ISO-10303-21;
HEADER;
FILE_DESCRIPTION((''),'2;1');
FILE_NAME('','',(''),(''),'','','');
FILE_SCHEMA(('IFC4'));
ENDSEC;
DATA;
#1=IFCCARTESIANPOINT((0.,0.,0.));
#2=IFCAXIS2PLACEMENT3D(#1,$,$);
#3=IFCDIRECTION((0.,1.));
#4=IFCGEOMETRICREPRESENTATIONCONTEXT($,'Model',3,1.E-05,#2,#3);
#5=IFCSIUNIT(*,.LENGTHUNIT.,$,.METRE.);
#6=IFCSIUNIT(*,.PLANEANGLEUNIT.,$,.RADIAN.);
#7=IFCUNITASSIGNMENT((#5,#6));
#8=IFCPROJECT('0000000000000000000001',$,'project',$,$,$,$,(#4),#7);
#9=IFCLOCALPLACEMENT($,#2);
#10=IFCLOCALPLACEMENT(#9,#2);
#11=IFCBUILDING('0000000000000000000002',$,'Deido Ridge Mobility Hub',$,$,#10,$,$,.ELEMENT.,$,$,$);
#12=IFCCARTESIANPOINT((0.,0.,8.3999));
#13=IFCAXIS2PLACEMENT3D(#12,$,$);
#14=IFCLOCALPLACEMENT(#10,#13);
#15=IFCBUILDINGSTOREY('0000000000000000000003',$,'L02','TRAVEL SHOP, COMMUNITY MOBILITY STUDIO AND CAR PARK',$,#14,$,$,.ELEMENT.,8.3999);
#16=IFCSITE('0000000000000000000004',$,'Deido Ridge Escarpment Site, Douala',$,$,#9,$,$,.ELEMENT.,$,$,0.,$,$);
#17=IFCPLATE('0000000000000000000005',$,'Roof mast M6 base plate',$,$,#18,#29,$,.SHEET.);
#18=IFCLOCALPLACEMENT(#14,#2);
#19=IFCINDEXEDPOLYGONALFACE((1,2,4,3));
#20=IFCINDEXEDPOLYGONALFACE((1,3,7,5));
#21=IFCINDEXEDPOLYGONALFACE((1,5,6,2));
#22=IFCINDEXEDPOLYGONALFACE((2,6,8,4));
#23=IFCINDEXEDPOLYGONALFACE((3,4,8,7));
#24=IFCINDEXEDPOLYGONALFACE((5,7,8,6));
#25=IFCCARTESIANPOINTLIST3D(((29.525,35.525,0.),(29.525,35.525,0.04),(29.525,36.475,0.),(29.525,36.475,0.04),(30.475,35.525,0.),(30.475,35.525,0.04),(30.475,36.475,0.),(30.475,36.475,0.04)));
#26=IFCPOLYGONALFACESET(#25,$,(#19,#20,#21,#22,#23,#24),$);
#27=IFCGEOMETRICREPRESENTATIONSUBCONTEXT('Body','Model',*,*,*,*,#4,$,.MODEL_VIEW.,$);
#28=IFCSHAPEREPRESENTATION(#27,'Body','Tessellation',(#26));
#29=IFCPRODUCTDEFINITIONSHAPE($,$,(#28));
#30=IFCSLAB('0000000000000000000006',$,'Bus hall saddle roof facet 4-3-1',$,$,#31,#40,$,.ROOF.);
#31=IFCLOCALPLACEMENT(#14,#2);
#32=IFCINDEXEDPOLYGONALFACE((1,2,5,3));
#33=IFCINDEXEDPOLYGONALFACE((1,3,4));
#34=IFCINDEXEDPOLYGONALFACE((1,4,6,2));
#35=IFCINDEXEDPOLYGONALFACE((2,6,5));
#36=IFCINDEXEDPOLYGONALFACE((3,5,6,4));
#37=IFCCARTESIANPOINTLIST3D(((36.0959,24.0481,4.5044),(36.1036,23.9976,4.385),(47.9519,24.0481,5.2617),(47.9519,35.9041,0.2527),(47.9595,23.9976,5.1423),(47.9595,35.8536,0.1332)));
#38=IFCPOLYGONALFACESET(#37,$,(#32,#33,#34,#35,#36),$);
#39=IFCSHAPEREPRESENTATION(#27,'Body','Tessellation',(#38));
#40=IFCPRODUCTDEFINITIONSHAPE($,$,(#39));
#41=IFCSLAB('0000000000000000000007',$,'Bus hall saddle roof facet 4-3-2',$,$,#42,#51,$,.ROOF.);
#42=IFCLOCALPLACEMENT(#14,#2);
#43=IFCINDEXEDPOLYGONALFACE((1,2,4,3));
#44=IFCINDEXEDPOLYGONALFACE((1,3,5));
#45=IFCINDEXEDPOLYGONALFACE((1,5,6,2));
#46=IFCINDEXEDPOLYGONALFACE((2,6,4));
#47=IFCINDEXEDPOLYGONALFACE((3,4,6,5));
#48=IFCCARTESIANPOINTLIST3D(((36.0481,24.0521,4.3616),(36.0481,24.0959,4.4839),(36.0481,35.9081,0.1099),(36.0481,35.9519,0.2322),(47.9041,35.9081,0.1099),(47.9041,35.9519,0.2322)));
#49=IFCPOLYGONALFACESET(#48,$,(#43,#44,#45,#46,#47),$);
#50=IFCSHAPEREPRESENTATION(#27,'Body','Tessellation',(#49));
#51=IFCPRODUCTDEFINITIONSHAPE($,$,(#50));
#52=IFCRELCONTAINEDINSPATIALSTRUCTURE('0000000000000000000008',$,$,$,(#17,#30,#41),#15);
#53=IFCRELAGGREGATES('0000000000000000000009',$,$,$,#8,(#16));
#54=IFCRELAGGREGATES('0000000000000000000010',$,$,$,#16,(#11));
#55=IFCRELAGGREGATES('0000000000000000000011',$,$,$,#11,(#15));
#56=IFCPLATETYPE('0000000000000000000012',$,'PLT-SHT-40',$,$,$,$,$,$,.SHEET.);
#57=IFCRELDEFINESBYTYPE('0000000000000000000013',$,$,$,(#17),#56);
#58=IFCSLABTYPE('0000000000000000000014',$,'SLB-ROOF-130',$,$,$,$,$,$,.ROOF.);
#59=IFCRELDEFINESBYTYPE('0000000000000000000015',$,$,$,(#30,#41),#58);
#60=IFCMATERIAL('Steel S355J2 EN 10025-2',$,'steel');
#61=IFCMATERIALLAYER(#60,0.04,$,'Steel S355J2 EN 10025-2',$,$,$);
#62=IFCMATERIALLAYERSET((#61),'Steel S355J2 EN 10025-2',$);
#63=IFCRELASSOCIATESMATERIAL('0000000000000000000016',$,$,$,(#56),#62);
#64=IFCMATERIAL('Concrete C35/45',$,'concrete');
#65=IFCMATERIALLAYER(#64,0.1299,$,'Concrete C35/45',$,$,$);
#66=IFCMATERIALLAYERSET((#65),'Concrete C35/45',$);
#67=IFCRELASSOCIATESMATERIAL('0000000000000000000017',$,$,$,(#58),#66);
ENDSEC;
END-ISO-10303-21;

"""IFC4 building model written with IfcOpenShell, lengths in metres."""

from ifc_helpers import new_model, si_unit, direction, frame, origin, origin_2d, place, context, subcontext, project, spatial, polyline, rectangle, outline, extrude, material, layer, layer_set, type_object, element, save


model = new_model("IFC4")

# Units and contexts
model_context = context("Model", 3, precision=1e-05, world=origin(), true_north=direction((0.0, 1.0)))
body_context = subcontext(model_context, "Body", "Model", "MODEL_VIEW")
ifc_project = project(units=[si_unit("LENGTHUNIT", "METRE"), si_unit("PLANEANGLEUNIT", "RADIAN")], contexts=[model_context])

# Site, building, storey
site_placement = place(None, origin())
site = spatial("IfcSite", under=ifc_project, at=site_placement, Name="Deido Ridge Escarpment Site, Douala", CompositionType="ELEMENT", RefElevation=0.0)
building_placement = place(site_placement, origin())
building = spatial("IfcBuilding", under=site, at=building_placement, Name="Deido Ridge Mobility Hub", CompositionType="ELEMENT")
storey_placement = place(building_placement, frame((0.0, 0.0, 8.3999)))
storey = spatial("IfcBuildingStorey", under=building, at=storey_placement, Name="L02", Description="TRAVEL SHOP, COMMUNITY MOBILITY STUDIO AND CAR PARK", CompositionType="ELEMENT", Elevation=8.3999)

# Shared definitions
ifc_material_1 = material(Name="Steel S355J2 EN 10025-2", Category="steel")

# Plate
ifc_layer_1 = layer(ifc_material_1, 0.04, Name="Steel S355J2 EN 10025-2")
ifc_layer_set_1 = layer_set([ifc_layer_1], Name="Steel S355J2 EN 10025-2")
plate_type_1 = type_object("IfcPlateType", Name="PLT-SHT-40", PredefinedType="SHEET", material=ifc_layer_set_1)
plate_1_placement = place(storey_placement, frame((30.0, 36.0, 0.0), z_axis=(0.0, 0.0, 1.0), x_axis=(1.0, 0.0, 0.0)))
element("IfcPlate", 1, at=plate_1_placement, inside=storey, type_object=plate_type_1, Name="Roof mast M6 base plate", PredefinedType="SHEET", context=body_context, shape_type="SweptSolid", body=[
    extrude(rectangle(XDim=0.95, YDim=0.95, at=origin_2d()), origin(), (0.0, 0.0, 1.0), 0.04),
])

# Slabs
ifc_material_2 = material(Name="Concrete C35/45", Category="concrete")
ifc_layer_2 = layer(ifc_material_2, 0.1299, Name="Concrete C35/45")
ifc_layer_set_2 = layer_set([ifc_layer_2], Name="Concrete C35/45")
slab_type = type_object("IfcSlabType", Name="SLB-ROOF-130", PredefinedType="ROOF", material=ifc_layer_set_2)
slab_1_placement = place(storey_placement, frame((36.0959, 24.0481, 4.5044), z_axis=(-0.058739, 0.38851, 0.91957), x_axis=(0.997966, 0.0, 0.063747)))
element("IfcSlab", 2, at=slab_1_placement, inside=storey, type_object=slab_type, Name="Bus hall saddle roof facet 4-3-1", PredefinedType="ROOF", context=body_context, shape_type="SweptSolid", body=[
    extrude(outline(polyline([(0.0, 0.0), (11.8801, 0.0), (11.5608, 12.8667), (0.0, 0.0)])), origin(), (0.0, 0.0, -1.0), 0.1299),
])
slab_2_placement = place(storey_placement, frame((36.0481, 24.0959, 4.4839), z_axis=(0.0, 0.337564, 0.941303), x_axis=(0.685413, 0.685413, -0.245799)))
element("IfcSlab", 3, at=slab_2_placement, inside=storey, type_object=slab_type, Name="Bus hall saddle roof facet 4-3-2", PredefinedType="ROOF", context=body_context, shape_type="SweptSolid", body=[
    extrude(outline(polyline([(0.0, 0.0), (17.2975, 0.0), (9.1713, 8.633), (0.0, 0.0)])), origin(), (0.0, 0.0, -1.0), 0.1299),
])

save(model, "model.ifc")
